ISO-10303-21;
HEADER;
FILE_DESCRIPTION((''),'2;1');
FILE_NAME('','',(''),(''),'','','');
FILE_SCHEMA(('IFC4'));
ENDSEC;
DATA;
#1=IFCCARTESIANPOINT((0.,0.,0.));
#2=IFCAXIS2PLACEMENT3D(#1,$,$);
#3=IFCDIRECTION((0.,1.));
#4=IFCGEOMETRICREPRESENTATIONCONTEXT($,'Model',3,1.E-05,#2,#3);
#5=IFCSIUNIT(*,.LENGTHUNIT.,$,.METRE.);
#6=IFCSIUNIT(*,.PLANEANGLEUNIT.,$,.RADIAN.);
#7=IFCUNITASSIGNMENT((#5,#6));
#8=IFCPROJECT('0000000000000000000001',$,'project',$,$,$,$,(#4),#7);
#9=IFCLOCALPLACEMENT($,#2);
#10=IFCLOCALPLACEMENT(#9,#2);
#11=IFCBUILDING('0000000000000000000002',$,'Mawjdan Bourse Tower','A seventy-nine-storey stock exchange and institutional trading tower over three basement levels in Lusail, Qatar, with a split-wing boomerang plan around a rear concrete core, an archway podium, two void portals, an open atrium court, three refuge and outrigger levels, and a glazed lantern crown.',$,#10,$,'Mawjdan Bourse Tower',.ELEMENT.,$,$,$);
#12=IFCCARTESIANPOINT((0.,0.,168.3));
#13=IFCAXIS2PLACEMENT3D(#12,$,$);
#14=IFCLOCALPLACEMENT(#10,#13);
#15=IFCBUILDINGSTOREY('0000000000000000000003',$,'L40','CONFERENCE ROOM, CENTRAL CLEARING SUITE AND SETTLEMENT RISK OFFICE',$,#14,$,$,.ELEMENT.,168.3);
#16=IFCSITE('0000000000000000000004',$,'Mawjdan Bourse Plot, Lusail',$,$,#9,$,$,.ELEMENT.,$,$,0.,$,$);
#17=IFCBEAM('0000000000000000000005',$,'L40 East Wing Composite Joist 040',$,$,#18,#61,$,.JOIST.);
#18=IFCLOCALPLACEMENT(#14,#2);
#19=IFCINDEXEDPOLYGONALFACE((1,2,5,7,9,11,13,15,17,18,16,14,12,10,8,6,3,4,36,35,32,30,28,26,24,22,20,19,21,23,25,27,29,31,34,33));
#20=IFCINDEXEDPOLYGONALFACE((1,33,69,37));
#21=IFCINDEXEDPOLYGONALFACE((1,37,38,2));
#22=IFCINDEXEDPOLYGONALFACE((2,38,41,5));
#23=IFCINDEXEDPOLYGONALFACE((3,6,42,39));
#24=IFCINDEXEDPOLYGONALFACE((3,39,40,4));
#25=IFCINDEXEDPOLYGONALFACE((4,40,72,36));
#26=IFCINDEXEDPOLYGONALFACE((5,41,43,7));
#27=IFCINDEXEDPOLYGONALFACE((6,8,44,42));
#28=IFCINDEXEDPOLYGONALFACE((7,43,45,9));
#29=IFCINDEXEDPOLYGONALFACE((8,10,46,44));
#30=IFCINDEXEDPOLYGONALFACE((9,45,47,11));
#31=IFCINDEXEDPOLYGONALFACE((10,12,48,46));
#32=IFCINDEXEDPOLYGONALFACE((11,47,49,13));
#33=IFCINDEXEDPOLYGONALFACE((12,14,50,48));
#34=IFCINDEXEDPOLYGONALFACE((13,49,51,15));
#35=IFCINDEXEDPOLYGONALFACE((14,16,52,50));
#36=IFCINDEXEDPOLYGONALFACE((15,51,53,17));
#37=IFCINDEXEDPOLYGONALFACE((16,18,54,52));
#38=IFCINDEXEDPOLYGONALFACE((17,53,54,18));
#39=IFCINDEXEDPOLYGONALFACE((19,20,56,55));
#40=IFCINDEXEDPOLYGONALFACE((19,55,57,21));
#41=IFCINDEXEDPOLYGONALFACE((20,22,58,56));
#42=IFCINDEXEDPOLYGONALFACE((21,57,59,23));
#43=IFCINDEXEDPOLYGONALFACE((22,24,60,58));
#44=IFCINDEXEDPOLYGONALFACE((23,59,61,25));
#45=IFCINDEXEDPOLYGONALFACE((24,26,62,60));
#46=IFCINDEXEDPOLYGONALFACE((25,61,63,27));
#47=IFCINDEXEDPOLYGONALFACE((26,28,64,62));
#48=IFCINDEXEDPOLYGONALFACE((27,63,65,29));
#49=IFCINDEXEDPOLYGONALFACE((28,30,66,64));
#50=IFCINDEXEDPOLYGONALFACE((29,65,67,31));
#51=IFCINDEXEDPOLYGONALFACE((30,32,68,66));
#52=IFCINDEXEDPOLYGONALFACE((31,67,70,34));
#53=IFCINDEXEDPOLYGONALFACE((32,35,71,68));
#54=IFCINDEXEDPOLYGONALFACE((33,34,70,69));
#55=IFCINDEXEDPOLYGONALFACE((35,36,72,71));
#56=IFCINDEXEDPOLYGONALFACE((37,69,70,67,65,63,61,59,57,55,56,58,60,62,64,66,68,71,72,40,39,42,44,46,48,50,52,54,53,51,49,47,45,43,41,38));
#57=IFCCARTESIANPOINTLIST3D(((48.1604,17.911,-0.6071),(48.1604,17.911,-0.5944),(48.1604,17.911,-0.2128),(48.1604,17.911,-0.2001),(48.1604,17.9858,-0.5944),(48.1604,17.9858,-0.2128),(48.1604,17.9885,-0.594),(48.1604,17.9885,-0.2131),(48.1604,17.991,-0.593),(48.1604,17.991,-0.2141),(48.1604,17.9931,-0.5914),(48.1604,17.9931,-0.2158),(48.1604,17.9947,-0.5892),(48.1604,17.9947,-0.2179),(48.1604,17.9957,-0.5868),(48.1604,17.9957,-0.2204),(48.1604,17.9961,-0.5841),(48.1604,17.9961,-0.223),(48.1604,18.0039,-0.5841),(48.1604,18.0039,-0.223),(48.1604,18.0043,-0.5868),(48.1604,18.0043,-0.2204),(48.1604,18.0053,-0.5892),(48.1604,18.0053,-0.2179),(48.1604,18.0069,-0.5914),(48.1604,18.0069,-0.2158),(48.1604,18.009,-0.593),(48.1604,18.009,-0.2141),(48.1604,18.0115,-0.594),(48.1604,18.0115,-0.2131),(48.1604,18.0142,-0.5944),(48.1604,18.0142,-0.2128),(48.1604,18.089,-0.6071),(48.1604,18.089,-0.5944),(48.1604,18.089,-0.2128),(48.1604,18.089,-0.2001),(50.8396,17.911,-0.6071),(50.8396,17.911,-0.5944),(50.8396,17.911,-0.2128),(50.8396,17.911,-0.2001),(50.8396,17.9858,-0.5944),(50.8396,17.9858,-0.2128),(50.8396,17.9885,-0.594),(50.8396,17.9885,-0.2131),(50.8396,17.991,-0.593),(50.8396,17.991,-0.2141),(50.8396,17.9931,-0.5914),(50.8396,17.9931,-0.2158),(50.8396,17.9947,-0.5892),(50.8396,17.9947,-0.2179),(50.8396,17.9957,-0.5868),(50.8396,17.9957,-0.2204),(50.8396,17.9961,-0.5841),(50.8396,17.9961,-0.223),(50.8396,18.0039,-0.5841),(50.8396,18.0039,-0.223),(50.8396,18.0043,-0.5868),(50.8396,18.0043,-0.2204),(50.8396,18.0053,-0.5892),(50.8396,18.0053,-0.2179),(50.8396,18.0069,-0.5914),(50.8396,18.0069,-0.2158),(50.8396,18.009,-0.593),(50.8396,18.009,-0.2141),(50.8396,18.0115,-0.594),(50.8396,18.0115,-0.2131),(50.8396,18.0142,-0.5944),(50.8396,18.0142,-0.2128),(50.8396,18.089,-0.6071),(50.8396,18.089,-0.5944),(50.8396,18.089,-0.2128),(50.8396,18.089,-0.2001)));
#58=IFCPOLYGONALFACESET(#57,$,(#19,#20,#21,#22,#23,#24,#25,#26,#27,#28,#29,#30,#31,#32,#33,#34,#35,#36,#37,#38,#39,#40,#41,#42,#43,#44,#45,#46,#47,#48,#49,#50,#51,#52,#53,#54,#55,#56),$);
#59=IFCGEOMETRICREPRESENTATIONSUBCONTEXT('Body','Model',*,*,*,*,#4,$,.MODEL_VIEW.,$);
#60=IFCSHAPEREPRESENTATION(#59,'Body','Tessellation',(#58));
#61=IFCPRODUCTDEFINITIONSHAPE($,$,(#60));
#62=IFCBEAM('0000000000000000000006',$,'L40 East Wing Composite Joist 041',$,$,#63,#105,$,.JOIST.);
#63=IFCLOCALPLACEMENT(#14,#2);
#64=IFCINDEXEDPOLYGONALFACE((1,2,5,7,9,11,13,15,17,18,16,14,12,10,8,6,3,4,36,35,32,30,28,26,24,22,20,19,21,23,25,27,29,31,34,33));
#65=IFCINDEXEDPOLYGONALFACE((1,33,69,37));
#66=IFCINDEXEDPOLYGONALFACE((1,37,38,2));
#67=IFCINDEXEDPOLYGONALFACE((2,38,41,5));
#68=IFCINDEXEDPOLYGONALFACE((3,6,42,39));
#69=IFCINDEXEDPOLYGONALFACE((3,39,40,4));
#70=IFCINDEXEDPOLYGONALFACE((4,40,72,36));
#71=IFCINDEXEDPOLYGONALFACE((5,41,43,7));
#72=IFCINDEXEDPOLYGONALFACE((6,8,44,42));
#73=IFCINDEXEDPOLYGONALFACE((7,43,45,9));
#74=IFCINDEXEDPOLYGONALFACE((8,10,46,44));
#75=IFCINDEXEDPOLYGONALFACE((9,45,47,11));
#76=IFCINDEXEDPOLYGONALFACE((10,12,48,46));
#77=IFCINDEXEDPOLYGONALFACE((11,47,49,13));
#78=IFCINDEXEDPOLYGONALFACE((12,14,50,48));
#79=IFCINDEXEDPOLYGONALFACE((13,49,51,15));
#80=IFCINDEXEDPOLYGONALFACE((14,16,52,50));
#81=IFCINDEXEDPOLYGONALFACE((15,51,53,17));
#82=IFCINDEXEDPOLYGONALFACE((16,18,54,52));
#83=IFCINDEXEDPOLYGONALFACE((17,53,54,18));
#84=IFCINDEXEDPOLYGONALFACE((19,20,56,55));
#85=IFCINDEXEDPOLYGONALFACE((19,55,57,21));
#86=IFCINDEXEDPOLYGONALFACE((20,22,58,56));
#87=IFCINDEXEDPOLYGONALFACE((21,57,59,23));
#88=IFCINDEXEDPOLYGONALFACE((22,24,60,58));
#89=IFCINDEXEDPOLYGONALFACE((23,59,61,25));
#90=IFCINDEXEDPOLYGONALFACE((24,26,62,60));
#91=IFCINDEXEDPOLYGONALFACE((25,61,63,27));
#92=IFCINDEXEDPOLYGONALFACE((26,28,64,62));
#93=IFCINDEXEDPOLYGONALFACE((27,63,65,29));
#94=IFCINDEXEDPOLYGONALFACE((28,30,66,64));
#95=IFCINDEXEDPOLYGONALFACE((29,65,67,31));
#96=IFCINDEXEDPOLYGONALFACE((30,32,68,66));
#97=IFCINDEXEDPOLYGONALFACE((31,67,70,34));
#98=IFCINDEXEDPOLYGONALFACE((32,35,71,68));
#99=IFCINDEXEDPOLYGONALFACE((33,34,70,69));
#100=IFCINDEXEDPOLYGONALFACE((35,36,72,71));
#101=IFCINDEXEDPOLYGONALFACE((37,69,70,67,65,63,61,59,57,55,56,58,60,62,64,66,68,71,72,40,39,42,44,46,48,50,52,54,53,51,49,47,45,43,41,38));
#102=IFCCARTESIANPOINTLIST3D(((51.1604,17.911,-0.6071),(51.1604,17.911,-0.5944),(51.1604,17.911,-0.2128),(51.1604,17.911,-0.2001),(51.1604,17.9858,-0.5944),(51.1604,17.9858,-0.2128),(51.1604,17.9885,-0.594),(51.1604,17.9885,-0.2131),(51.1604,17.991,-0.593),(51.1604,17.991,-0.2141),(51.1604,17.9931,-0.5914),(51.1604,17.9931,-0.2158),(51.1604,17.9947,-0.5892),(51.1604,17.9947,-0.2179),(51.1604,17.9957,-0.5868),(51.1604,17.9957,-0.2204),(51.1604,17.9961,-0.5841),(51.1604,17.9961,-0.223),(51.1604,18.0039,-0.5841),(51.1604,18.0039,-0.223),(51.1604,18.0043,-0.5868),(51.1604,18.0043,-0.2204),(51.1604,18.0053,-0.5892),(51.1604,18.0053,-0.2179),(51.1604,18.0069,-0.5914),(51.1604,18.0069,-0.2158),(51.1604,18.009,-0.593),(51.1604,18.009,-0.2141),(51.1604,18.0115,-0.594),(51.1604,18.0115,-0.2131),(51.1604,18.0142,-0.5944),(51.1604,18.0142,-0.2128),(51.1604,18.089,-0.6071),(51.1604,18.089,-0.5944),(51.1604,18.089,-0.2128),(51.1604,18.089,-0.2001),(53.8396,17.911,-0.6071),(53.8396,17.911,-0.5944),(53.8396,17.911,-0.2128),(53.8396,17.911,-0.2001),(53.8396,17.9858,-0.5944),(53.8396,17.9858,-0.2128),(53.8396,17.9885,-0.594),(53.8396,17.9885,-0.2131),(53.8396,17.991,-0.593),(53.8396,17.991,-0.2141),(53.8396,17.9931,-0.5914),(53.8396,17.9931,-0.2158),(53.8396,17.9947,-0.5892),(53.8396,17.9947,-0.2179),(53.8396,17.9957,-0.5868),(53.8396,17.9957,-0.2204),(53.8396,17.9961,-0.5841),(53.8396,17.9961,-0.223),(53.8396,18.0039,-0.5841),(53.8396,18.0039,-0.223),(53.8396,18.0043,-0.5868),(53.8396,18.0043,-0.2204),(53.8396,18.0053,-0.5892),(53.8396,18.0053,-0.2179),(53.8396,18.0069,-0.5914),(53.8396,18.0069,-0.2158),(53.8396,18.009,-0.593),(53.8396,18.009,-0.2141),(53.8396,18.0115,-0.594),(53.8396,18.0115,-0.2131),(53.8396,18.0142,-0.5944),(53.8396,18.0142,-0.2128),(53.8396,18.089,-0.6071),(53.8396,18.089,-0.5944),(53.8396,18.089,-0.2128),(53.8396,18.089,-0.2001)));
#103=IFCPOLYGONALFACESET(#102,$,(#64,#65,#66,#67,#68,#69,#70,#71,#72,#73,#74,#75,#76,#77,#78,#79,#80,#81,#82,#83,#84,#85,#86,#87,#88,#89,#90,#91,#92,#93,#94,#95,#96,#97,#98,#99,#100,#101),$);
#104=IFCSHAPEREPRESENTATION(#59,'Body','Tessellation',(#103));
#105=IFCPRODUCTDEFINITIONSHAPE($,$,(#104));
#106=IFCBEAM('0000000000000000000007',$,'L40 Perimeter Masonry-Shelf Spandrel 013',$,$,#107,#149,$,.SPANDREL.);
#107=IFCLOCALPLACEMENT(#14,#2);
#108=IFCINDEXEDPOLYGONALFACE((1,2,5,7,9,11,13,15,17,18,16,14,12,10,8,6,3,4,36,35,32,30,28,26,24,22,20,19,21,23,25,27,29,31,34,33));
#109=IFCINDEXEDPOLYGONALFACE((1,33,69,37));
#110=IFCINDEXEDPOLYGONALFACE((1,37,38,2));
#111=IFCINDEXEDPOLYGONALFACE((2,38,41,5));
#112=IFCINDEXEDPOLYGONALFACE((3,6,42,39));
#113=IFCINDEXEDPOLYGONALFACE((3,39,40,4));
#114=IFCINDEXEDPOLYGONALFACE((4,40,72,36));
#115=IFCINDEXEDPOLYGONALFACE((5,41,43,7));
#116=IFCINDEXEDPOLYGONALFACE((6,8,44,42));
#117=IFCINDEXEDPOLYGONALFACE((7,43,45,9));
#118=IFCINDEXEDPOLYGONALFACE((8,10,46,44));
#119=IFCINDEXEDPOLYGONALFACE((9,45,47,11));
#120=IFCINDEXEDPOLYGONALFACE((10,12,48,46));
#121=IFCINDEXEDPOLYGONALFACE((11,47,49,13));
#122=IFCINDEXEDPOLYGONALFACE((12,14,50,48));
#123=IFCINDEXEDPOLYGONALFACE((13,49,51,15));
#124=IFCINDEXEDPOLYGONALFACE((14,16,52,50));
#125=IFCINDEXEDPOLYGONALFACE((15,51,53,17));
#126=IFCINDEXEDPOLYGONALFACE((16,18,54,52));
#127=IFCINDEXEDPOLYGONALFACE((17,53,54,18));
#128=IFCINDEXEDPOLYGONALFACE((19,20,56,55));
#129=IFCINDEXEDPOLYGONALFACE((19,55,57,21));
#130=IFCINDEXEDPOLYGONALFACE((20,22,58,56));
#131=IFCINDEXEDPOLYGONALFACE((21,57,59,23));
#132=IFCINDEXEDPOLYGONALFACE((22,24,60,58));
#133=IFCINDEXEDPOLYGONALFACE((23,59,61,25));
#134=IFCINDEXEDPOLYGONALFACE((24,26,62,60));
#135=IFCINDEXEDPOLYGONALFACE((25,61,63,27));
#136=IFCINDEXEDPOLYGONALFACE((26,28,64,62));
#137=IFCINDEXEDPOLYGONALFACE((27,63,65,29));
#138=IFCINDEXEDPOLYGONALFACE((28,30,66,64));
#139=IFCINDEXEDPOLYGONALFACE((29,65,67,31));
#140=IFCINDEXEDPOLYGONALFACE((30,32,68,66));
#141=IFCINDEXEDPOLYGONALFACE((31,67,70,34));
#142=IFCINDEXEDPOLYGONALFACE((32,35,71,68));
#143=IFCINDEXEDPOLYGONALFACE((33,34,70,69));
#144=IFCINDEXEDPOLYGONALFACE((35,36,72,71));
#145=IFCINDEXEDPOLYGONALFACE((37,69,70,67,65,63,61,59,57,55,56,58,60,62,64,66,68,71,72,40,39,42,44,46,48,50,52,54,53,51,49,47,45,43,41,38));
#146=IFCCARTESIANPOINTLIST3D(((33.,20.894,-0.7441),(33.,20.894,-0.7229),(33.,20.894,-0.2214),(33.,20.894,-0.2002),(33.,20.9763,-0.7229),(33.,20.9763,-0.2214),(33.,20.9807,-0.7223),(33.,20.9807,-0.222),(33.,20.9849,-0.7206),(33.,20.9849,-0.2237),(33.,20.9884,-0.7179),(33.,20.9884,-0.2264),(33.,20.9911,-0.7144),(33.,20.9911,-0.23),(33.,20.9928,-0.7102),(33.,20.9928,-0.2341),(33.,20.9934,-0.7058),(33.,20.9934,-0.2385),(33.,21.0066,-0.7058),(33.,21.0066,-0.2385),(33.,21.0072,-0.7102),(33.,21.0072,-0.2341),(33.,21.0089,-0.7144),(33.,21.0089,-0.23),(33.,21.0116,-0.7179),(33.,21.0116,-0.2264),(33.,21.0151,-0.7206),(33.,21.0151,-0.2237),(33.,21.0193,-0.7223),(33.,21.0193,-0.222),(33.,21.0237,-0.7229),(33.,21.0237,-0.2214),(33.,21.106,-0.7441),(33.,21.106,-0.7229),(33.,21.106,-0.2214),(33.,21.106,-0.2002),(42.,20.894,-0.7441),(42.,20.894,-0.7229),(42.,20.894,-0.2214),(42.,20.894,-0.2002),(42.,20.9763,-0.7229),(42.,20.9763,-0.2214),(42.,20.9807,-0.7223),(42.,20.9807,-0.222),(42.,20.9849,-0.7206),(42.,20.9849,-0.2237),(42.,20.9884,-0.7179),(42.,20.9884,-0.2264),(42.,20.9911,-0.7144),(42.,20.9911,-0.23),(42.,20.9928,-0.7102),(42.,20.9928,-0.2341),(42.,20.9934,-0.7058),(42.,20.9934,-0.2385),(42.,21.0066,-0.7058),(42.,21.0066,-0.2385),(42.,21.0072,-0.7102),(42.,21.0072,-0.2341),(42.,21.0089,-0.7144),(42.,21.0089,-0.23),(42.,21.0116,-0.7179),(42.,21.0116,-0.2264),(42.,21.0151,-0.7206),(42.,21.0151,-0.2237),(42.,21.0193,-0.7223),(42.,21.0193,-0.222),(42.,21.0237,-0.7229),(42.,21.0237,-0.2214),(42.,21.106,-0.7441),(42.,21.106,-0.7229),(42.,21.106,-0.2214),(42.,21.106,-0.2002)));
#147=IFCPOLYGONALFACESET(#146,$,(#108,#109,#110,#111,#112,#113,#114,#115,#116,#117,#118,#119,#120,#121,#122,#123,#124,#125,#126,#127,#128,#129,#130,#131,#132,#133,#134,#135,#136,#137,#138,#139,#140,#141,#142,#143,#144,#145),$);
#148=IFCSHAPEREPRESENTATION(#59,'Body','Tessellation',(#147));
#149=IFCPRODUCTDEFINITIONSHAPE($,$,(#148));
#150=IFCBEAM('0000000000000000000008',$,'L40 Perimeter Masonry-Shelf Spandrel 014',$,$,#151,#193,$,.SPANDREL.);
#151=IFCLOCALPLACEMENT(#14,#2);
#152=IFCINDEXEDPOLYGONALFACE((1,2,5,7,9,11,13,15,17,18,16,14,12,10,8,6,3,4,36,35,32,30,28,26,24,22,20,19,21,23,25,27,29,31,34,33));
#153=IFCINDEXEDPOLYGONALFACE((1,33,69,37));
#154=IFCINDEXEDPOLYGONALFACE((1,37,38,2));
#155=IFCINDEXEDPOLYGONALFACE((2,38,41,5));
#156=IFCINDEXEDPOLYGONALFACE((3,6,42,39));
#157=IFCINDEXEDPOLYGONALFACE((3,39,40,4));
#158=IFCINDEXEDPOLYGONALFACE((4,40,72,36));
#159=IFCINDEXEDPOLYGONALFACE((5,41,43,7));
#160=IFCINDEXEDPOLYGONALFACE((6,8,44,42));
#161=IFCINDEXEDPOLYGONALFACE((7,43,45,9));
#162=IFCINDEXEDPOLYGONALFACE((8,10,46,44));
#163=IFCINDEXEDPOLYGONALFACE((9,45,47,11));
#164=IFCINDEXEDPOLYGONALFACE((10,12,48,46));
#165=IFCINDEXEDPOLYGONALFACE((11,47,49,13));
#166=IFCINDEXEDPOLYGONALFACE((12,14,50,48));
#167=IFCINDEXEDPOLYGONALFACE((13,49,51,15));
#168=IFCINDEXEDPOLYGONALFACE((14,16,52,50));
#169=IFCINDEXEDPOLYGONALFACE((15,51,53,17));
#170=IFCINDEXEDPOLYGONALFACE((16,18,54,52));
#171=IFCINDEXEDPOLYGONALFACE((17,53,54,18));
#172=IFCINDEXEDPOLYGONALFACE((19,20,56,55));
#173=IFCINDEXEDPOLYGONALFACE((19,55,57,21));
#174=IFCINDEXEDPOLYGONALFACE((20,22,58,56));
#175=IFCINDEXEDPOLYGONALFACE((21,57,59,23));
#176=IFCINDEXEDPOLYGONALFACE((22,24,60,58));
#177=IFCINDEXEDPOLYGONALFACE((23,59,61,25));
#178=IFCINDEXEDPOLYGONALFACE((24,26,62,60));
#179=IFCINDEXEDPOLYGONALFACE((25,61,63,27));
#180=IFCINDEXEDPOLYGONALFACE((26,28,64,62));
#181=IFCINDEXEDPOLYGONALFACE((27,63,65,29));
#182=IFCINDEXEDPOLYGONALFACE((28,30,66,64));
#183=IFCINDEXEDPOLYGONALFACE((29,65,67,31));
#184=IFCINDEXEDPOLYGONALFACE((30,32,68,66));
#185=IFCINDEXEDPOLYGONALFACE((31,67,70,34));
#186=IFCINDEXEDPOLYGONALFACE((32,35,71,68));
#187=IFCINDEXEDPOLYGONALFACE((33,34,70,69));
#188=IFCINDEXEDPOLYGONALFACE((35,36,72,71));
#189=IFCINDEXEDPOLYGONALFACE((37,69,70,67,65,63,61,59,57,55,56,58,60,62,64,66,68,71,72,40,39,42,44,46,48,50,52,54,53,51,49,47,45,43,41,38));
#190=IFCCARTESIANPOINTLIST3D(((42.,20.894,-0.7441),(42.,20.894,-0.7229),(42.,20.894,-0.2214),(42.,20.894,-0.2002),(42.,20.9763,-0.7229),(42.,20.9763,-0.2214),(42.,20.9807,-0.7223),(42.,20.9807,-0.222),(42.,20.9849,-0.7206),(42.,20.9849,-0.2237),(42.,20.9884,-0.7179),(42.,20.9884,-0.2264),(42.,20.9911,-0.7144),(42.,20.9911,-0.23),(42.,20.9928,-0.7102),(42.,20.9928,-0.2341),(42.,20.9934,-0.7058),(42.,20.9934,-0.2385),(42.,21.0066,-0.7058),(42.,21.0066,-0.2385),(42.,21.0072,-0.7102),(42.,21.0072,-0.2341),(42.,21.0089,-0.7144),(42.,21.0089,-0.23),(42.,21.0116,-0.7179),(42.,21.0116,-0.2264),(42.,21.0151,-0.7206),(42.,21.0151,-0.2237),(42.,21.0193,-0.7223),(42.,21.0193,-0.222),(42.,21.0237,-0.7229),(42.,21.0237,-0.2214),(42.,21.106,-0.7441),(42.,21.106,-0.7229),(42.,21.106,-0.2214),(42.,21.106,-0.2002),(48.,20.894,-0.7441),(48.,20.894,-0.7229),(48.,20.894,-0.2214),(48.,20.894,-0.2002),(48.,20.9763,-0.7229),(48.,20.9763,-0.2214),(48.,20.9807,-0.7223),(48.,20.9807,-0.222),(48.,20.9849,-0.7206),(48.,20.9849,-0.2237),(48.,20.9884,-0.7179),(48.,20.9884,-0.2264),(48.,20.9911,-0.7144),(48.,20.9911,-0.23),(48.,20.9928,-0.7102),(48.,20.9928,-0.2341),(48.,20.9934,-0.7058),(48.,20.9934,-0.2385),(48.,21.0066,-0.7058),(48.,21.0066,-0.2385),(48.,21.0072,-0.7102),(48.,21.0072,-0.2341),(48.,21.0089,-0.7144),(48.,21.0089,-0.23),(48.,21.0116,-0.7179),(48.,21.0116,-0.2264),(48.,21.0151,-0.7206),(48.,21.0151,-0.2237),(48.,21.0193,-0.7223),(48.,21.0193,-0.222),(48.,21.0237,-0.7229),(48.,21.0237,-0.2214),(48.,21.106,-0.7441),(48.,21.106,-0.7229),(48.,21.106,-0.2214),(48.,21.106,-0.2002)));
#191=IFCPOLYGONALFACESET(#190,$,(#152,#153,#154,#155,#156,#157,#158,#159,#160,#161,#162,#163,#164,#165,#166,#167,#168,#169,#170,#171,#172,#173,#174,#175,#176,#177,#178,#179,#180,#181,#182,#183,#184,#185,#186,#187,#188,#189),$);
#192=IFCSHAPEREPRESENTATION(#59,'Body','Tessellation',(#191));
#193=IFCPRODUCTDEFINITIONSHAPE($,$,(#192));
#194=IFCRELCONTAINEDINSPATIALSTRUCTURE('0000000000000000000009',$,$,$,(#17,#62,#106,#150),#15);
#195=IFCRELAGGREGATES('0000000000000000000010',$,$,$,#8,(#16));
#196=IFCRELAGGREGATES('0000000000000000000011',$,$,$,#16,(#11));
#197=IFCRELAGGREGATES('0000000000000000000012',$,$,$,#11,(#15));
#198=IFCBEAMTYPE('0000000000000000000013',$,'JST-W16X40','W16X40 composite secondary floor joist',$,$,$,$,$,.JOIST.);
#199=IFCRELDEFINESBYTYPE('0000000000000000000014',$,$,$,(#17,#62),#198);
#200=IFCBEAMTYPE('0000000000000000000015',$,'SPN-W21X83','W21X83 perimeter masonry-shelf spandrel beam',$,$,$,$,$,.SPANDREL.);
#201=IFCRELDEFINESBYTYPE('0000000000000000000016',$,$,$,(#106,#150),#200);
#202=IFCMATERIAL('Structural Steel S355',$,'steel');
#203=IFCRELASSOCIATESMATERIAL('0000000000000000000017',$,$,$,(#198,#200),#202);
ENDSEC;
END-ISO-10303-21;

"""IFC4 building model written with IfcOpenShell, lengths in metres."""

from ifc_helpers import new_model, si_unit, direction, frame, origin, origin_2d, place, context, subcontext, project, spatial, i_section, extrude, material, material_profile, profile_set, type_object, element, save


model = new_model("IFC4")

# Units and contexts
model_context = context("Model", 3, precision=1e-05, world=origin(), true_north=direction((0.0, 1.0)))
body_context = subcontext(model_context, "Body", "Model", "MODEL_VIEW")
ifc_project = project(units=[si_unit("LENGTHUNIT", "METRE"), si_unit("PLANEANGLEUNIT", "RADIAN")], contexts=[model_context])

# Site, building, storey
site_placement = place(None, origin())
site = spatial("IfcSite", under=ifc_project, at=site_placement, Name="Mawjdan Bourse Plot, Lusail", CompositionType="ELEMENT", RefElevation=0.0)
building_placement = place(site_placement, origin())
building = spatial("IfcBuilding", under=site, at=building_placement, Name="Mawjdan Bourse Tower", Description="A seventy-nine-storey stock exchange and institutional trading tower over three basement levels in Lusail, Qatar, with a split-wing boomerang plan around a rear concrete core, an archway podium, two void portals, an open atrium court, three refuge and outrigger levels, and a glazed lantern crown.", LongName="Mawjdan Bourse Tower", CompositionType="ELEMENT")
storey_placement = place(building_placement, frame((0.0, 0.0, 168.3)))
storey = spatial("IfcBuildingStorey", under=building, at=storey_placement, Name="L40", Description="CONFERENCE ROOM, CENTRAL CLEARING SUITE AND SETTLEMENT RISK OFFICE", CompositionType="ELEMENT", Elevation=168.3)

# Beams
ifc_material_1 = material(Name="Structural Steel S355", Category="steel")
ifc_material_profile_1 = material_profile(ifc_material_1, i_section(OverallWidth=0.178, OverallDepth=0.407, WebThickness=0.0078, FlangeThickness=0.0127, FilletRadius=0.0103, at=origin_2d()), Name="W16X40")
ifc_profile_set_1 = profile_set([ifc_material_profile_1], Name="Structural Steel S355")
beam_type_1 = type_object("IfcBeamType", Name="JST-W16X40", Description="W16X40 composite secondary floor joist", PredefinedType="JOIST", material=ifc_profile_set_1)
for number, where, z_axis, x_axis, name in (
    (1, (48.1604, 18.0, -0.4036), (1.0, 0.0, 0.0), (0.0, 1.0, 0.0), "L40 East Wing Composite Joist 040"),
    (2, (51.1604, 18.0, -0.4036), (1.0, 0.0, 0.0), (0.0, 1.0, 0.0), "L40 East Wing Composite Joist 041"),
):
    element("IfcBeam", number, at=place(storey_placement, frame(where, z_axis=z_axis, x_axis=x_axis)), inside=storey, type_object=beam_type_1, Name=name, PredefinedType="JOIST", context=body_context, shape_type="SweptSolid", body=[
        extrude(i_section(OverallWidth=0.178, OverallDepth=0.407, WebThickness=0.0078, FlangeThickness=0.0127, FilletRadius=0.0103, at=origin_2d()), origin(), (0.0, 0.0, 1.0), 2.6792),
    ])
ifc_material_profile_2 = material_profile(ifc_material_1, i_section(OverallWidth=0.2119, OverallDepth=0.5439, WebThickness=0.0132, FlangeThickness=0.0212, FilletRadius=0.0171, at=origin_2d()), Name="W21X83")
ifc_profile_set_2 = profile_set([ifc_material_profile_2], Name="Structural Steel S355")
beam_type_2 = type_object("IfcBeamType", Name="SPN-W21X83", Description="W21X83 perimeter masonry-shelf spandrel beam", PredefinedType="SPANDREL", material=ifc_profile_set_2)
beam_1_placement = place(storey_placement, frame((33.0, 21.0, -0.4722), z_axis=(1.0, 0.0, 0.0), x_axis=(0.0, 1.0, 0.0)))
element("IfcBeam", 3, at=beam_1_placement, inside=storey, type_object=beam_type_2, Name="L40 Perimeter Masonry-Shelf Spandrel 013", PredefinedType="SPANDREL", context=body_context, shape_type="SweptSolid", body=[
    extrude(i_section(OverallWidth=0.2119, OverallDepth=0.5439, WebThickness=0.0132, FlangeThickness=0.0212, FilletRadius=0.0171, at=origin_2d()), origin(), (0.0, 0.0, 1.0), 9.0),
])
beam_2_placement = place(storey_placement, frame((42.0, 21.0, -0.4722), z_axis=(1.0, 0.0, 0.0), x_axis=(0.0, 1.0, 0.0)))
element("IfcBeam", 4, at=beam_2_placement, inside=storey, type_object=beam_type_2, Name="L40 Perimeter Masonry-Shelf Spandrel 014", PredefinedType="SPANDREL", context=body_context, shape_type="SweptSolid", body=[
    extrude(i_section(OverallWidth=0.2119, OverallDepth=0.5439, WebThickness=0.0132, FlangeThickness=0.0212, FilletRadius=0.0171, at=origin_2d()), origin(), (0.0, 0.0, 1.0), 6.0),
])

save(model, "model.ifc")
